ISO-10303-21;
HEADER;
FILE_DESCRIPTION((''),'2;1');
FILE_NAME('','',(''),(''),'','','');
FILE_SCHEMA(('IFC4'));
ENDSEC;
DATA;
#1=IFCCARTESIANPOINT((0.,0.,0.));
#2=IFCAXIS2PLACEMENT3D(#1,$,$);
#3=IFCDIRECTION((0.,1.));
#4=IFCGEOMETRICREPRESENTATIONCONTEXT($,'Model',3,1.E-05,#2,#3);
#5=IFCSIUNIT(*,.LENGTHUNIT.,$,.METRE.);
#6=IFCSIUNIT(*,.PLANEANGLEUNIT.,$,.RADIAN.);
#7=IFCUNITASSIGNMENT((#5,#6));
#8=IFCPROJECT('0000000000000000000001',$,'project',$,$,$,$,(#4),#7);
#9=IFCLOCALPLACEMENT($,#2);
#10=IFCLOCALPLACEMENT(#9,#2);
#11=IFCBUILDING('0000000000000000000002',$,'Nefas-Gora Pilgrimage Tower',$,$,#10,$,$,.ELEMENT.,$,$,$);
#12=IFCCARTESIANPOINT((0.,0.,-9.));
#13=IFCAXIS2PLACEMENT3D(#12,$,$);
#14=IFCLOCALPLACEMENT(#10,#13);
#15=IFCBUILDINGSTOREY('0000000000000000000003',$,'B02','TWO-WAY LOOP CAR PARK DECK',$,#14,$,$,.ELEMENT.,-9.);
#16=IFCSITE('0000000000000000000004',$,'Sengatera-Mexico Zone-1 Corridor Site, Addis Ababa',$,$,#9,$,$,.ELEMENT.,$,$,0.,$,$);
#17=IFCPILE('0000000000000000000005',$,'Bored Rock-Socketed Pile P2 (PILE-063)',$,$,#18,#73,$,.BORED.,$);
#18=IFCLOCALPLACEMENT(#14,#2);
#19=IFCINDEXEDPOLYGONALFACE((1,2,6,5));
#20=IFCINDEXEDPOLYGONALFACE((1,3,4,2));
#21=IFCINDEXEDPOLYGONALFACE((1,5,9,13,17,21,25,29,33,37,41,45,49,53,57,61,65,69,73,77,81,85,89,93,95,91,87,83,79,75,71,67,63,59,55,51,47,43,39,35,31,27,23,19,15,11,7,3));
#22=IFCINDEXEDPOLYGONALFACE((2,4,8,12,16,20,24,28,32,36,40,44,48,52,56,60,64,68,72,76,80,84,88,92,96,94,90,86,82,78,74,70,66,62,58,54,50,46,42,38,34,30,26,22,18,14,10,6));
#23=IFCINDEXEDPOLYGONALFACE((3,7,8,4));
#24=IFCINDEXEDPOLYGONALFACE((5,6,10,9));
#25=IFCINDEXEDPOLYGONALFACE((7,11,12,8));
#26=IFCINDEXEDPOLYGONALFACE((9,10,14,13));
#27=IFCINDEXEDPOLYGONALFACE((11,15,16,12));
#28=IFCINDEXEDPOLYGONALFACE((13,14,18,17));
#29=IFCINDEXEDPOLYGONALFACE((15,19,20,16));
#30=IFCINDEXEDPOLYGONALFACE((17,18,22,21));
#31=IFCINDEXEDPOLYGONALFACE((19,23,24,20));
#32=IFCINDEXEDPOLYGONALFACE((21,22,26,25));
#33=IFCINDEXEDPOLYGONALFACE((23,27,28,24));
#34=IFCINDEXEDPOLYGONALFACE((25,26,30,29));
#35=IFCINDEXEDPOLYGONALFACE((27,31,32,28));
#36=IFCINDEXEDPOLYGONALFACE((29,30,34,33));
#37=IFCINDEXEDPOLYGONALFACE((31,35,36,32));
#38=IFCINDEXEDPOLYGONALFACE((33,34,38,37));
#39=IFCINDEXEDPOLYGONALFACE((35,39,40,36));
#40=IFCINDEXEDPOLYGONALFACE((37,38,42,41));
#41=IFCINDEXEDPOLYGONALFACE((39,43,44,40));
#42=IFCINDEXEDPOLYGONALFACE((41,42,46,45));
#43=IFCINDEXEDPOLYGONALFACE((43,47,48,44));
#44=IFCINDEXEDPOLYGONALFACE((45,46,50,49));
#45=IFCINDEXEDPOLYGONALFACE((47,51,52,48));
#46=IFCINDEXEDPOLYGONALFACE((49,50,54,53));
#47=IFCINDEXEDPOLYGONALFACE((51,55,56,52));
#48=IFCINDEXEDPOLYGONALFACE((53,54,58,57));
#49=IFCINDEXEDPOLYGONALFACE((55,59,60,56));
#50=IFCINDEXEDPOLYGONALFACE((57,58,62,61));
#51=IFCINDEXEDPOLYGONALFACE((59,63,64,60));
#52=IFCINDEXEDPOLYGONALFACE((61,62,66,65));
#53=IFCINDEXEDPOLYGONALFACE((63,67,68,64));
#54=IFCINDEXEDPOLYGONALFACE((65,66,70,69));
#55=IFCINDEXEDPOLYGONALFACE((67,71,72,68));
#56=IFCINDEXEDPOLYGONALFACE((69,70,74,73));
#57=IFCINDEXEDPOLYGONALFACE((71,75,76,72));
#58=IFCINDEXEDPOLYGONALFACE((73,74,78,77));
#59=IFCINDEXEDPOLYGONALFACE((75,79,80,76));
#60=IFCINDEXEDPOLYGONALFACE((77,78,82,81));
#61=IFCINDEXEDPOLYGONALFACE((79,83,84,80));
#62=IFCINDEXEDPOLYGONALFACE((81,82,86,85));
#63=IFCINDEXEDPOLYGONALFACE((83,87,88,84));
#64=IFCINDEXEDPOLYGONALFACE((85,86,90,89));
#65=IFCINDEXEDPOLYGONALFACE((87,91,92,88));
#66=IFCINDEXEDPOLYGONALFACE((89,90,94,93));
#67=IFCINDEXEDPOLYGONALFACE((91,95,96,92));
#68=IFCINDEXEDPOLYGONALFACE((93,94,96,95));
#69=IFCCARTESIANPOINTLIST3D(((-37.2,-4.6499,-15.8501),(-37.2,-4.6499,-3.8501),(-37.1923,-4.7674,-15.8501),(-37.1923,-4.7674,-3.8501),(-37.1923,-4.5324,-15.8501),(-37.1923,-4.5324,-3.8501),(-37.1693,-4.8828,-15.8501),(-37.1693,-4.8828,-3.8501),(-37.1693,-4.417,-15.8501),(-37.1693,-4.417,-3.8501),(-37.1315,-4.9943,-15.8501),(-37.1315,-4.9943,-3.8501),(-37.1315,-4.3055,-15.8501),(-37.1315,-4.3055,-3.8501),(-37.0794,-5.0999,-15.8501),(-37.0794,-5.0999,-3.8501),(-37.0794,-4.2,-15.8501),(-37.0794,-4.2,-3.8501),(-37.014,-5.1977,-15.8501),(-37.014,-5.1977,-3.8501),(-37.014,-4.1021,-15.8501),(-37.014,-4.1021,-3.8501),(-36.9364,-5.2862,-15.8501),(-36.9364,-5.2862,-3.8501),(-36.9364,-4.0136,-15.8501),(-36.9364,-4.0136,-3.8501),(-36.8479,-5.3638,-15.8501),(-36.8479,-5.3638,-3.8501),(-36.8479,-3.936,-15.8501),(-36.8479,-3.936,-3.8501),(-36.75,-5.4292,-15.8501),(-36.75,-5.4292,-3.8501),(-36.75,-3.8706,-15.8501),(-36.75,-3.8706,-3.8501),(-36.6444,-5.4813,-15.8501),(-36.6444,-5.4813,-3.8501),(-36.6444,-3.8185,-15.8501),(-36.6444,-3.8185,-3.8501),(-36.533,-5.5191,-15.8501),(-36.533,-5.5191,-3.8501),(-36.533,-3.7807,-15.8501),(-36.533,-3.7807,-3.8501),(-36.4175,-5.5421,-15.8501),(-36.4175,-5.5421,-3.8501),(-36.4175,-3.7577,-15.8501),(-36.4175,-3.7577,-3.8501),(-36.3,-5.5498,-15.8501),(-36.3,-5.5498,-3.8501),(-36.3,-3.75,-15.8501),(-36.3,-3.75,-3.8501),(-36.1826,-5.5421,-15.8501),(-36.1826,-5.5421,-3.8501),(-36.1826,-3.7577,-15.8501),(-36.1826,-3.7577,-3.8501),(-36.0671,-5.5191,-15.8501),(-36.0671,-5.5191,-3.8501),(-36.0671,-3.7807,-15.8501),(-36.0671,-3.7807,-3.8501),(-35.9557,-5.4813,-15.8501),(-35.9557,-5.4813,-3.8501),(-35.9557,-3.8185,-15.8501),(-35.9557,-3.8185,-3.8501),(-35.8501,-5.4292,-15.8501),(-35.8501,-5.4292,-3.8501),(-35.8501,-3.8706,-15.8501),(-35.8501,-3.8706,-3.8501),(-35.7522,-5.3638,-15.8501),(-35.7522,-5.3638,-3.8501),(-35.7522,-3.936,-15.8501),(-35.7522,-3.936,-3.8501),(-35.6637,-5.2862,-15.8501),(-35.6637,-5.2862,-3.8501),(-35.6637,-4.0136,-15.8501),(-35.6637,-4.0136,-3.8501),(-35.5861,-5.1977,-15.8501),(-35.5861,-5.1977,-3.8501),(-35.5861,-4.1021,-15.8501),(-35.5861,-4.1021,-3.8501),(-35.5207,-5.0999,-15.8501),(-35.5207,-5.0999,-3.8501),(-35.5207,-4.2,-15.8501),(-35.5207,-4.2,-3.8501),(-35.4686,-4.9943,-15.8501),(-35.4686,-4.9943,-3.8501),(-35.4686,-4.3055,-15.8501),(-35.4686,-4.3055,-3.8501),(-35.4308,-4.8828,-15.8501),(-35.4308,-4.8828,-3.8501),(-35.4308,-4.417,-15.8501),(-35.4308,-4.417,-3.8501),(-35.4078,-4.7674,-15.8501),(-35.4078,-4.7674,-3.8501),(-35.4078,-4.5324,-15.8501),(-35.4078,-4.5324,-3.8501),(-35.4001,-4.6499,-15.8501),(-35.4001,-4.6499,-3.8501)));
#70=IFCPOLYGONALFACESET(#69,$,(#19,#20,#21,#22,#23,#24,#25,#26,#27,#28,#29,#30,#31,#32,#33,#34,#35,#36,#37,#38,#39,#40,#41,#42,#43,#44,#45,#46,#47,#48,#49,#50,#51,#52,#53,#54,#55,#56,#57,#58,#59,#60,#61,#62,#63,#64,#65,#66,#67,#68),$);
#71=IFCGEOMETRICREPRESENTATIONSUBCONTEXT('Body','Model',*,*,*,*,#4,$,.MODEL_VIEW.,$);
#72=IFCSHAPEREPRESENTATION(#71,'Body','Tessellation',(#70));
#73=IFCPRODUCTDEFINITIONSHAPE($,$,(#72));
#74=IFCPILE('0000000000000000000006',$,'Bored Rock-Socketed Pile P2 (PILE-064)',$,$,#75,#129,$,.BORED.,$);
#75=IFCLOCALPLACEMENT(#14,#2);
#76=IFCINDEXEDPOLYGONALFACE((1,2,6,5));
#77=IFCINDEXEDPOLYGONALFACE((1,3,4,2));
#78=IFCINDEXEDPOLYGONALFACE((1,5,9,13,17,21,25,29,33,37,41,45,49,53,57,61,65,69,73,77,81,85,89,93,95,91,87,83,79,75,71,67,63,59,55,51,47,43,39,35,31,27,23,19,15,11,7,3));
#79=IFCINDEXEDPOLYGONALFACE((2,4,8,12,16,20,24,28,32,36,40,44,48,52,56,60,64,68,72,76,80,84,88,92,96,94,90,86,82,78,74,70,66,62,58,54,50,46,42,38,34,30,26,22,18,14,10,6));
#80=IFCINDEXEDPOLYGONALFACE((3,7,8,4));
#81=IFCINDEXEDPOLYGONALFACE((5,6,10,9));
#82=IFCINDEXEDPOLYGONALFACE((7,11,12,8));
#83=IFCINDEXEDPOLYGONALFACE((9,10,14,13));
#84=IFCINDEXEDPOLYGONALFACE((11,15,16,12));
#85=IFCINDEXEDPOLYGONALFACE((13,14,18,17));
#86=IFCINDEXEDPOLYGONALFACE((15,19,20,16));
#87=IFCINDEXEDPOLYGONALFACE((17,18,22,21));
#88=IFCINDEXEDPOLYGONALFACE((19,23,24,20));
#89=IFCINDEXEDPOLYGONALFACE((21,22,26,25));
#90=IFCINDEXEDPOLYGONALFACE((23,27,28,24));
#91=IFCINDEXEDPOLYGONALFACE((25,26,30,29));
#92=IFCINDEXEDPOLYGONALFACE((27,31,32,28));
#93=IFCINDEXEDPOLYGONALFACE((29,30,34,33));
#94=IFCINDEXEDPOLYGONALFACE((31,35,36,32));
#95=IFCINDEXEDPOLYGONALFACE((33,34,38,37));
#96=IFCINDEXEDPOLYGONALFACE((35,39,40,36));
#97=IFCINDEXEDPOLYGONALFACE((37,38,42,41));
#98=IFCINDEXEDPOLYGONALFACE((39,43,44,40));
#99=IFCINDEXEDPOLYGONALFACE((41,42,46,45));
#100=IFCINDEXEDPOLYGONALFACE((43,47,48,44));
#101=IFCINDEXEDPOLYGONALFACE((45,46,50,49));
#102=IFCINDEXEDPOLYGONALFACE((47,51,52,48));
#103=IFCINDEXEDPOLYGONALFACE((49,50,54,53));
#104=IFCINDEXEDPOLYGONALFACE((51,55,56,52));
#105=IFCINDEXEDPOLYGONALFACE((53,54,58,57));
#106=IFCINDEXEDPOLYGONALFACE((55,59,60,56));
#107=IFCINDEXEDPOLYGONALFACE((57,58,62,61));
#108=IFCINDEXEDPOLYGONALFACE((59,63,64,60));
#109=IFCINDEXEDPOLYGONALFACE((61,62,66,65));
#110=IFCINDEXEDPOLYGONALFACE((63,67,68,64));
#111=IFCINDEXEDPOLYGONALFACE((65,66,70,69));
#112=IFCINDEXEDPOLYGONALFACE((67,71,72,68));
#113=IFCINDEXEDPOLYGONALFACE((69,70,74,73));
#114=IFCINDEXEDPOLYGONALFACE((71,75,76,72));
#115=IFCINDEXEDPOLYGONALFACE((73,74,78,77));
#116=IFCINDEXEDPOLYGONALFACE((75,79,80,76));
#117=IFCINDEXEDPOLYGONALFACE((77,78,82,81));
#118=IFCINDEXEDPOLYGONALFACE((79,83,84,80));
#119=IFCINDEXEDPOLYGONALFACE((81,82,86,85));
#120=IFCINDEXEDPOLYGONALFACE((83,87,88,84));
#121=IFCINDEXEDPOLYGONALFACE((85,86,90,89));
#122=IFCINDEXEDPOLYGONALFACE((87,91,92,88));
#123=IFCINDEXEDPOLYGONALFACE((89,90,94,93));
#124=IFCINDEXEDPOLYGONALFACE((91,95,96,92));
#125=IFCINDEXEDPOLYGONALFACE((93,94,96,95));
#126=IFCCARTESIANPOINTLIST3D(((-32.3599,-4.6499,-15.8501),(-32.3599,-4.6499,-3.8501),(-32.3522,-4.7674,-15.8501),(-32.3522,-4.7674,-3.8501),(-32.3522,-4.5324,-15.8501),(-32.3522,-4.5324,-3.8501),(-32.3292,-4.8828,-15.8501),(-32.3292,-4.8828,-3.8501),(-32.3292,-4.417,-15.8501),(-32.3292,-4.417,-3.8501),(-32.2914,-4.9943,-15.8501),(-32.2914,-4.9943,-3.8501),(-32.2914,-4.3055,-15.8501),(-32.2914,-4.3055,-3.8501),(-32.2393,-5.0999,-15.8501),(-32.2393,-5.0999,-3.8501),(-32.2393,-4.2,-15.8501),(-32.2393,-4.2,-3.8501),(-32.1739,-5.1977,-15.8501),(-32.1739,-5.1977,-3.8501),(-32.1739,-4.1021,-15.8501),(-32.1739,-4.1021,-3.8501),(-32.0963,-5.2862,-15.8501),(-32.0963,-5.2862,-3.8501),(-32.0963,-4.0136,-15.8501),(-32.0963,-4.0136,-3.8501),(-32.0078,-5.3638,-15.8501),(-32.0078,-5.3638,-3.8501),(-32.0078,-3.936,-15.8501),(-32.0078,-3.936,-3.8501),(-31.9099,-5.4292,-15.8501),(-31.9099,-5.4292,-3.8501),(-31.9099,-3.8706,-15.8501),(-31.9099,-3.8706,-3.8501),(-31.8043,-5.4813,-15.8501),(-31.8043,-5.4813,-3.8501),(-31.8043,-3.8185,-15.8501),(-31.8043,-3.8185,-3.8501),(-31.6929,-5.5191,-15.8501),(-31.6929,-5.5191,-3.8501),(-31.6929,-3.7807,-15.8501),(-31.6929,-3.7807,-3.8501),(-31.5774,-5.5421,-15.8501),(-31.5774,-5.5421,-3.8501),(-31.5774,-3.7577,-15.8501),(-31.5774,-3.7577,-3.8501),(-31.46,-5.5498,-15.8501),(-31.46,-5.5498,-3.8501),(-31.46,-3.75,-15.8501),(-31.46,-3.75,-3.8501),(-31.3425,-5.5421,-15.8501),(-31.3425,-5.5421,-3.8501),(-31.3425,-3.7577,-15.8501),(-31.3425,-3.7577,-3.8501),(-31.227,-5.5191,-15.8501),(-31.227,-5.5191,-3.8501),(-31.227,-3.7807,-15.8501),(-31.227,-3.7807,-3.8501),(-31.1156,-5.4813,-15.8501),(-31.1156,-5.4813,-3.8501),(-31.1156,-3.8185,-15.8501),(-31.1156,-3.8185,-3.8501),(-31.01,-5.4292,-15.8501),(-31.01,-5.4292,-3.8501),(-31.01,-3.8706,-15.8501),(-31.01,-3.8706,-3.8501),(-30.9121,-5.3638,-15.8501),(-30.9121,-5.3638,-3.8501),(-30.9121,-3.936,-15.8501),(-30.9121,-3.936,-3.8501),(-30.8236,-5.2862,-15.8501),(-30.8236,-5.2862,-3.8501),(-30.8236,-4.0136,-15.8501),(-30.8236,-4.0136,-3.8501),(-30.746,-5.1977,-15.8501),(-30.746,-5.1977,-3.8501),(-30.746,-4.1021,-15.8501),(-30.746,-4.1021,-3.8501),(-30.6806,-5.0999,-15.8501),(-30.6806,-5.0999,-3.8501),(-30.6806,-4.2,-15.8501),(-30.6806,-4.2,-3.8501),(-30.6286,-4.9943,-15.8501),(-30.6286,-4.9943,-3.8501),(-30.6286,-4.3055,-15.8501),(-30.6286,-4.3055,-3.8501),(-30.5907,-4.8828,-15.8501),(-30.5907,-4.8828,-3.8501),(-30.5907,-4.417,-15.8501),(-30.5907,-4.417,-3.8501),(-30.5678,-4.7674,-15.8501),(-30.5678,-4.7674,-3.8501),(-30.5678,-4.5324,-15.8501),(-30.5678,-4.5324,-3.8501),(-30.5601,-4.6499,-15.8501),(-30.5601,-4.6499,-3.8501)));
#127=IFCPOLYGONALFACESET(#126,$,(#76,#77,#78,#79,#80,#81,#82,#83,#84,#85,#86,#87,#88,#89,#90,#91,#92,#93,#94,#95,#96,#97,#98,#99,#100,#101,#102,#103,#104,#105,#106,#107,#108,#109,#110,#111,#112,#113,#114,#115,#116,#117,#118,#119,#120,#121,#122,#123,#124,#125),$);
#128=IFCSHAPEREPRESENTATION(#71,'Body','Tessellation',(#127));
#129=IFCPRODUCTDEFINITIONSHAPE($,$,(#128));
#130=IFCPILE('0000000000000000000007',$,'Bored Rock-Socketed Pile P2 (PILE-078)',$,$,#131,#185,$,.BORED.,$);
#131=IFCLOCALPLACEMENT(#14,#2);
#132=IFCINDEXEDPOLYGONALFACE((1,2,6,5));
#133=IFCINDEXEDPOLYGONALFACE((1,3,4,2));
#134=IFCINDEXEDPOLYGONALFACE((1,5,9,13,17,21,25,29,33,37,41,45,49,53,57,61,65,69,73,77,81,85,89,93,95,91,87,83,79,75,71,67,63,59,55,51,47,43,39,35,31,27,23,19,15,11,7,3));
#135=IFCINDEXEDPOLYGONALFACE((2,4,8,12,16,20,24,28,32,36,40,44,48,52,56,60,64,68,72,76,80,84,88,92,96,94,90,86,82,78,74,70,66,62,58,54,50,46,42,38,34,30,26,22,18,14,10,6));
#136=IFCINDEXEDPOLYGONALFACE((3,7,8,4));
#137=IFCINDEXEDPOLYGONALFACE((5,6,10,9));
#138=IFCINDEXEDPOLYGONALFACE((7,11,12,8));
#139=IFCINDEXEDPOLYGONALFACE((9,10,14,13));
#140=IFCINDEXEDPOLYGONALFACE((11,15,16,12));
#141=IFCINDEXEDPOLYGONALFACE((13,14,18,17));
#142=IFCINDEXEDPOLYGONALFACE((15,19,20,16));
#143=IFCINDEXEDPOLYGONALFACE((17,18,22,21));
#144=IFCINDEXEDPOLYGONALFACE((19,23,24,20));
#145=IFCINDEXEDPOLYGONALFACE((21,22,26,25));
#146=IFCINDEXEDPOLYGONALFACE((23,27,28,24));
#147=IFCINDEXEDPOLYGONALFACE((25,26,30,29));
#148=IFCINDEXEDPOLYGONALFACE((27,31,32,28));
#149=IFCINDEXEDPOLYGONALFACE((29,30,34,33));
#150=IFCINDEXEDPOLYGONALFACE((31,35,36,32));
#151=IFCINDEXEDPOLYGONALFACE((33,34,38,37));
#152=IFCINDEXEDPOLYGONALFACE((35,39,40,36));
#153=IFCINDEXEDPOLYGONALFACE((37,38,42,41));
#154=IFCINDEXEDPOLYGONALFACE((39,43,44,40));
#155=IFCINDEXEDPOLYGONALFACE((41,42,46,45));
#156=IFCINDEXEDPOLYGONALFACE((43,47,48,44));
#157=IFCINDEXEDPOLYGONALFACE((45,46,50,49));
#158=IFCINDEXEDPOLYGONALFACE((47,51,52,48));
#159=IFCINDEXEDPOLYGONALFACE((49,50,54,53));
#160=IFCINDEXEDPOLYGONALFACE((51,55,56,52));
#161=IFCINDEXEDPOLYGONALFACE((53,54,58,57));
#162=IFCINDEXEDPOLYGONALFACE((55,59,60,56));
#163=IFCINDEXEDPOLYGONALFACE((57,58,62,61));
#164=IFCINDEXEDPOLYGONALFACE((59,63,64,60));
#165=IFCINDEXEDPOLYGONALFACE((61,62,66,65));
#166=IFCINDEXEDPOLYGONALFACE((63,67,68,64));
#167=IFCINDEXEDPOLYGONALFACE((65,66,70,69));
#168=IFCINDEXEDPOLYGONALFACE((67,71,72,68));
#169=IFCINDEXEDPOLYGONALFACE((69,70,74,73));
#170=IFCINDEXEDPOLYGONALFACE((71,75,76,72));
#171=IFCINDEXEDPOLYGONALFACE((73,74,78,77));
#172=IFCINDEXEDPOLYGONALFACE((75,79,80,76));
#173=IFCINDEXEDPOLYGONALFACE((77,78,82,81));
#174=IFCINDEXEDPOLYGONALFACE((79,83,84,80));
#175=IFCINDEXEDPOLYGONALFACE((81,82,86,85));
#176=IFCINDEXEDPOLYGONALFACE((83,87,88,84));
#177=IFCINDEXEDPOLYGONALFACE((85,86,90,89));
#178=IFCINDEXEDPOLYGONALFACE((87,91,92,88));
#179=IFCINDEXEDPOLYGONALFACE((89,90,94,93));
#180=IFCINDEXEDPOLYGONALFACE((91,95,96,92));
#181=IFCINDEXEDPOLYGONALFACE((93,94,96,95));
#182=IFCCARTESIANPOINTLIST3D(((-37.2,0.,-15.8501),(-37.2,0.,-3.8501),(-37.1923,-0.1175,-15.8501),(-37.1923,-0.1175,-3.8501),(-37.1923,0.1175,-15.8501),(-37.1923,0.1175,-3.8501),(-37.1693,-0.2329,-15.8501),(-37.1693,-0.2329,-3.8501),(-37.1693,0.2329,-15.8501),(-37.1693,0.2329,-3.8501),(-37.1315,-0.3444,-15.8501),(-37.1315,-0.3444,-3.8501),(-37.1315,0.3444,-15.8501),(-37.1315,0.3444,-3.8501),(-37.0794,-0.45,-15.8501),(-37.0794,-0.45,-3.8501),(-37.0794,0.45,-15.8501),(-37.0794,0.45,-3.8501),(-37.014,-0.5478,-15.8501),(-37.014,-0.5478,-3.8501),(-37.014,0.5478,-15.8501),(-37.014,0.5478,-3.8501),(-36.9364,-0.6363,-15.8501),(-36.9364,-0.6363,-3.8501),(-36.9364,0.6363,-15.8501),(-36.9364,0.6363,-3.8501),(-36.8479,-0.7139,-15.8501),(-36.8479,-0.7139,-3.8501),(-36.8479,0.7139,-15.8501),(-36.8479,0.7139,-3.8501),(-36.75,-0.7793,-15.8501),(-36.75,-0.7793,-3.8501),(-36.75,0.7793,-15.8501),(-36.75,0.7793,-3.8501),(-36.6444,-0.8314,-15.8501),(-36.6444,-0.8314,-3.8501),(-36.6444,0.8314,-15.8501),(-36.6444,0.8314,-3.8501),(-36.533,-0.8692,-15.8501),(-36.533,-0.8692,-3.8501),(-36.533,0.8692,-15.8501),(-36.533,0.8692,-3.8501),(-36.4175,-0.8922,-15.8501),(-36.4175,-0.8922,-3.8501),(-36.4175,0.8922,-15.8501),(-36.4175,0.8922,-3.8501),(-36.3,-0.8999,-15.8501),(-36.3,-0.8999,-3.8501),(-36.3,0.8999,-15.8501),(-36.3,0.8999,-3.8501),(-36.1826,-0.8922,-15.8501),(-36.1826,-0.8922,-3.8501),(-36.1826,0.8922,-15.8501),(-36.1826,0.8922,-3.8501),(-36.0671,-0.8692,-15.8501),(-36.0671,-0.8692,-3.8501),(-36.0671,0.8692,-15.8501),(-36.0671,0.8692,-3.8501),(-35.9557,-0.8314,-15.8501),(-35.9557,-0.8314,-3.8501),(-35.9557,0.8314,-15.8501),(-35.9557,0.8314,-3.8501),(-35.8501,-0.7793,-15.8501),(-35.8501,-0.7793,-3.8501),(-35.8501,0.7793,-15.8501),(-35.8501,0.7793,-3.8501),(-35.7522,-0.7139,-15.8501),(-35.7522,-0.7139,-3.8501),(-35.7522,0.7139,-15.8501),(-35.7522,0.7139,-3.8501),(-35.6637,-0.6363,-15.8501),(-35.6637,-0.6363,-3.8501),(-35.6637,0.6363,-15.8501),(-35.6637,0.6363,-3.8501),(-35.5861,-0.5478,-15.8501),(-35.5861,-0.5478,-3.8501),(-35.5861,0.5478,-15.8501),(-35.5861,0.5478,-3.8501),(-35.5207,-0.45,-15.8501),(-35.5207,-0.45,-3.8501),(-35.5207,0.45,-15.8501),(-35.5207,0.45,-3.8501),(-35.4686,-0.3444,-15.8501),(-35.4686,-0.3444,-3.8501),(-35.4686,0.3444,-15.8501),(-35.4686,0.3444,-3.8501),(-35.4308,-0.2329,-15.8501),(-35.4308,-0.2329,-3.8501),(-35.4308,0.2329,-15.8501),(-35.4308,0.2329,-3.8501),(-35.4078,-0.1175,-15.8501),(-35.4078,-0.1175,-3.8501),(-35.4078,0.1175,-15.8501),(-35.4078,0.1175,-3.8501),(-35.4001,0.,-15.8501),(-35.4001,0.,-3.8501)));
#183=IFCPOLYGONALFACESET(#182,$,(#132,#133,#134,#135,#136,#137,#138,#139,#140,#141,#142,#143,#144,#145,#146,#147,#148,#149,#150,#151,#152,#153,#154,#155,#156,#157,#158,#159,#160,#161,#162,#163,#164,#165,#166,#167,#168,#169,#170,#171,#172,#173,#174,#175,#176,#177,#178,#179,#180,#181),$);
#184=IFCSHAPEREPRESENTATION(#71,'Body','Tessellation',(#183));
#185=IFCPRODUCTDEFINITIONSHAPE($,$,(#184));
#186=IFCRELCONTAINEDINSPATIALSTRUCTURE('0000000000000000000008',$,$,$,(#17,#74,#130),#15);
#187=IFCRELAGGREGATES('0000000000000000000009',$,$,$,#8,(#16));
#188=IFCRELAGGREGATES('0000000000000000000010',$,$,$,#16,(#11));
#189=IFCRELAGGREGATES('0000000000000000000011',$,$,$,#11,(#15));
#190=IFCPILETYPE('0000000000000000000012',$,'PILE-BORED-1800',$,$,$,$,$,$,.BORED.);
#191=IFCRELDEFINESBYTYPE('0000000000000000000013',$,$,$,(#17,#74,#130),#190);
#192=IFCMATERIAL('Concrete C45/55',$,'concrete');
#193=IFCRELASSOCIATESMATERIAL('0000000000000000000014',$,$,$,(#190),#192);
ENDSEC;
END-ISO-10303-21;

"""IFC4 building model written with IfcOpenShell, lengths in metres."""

from ifc_helpers import new_model, si_unit, direction, frame, origin, origin_2d, place, context, subcontext, project, spatial, circle, extrude, source, transform, mapped, material, material_profile, profile_set, type_object, element, save


model = new_model("IFC4")

# Units and contexts
model_context = context("Model", 3, precision=1e-05, world=origin(), true_north=direction((0.0, 1.0)))
body_context = subcontext(model_context, "Body", "Model", "MODEL_VIEW")
ifc_project = project(units=[si_unit("LENGTHUNIT", "METRE"), si_unit("PLANEANGLEUNIT", "RADIAN")], contexts=[model_context])

# Site, building, storey
site_placement = place(None, origin())
site = spatial("IfcSite", under=ifc_project, at=site_placement, Name="Sengatera-Mexico Zone-1 Corridor Site, Addis Ababa", CompositionType="ELEMENT", RefElevation=0.0)
building_placement = place(site_placement, origin())
building = spatial("IfcBuilding", under=site, at=building_placement, Name="Nefas-Gora Pilgrimage Tower", CompositionType="ELEMENT")
storey_placement = place(building_placement, frame((0.0, 0.0, -9.0)))
storey = spatial("IfcBuildingStorey", under=building, at=storey_placement, Name="B02", Description="TWO-WAY LOOP CAR PARK DECK", CompositionType="ELEMENT", Elevation=-9.0)

# Piles
ifc_material_1 = material(Name="Concrete C45/55", Category="concrete")
ifc_material_profile_1 = material_profile(ifc_material_1, circle(Radius=0.8999, at=origin_2d()), Name="PILE D1800")
ifc_profile_set_1 = profile_set([ifc_material_profile_1], Name="Concrete C45/55")
pile_type_1 = type_object("IfcPileType", Name="PILE-BORED-1800", PredefinedType="BORED", material=ifc_profile_set_1)
shared_shape_1 = source(origin(), body_context, "Body", "SweptSolid", [
    extrude(circle(Radius=0.8999, at=origin_2d()), origin(), (0.0, 0.0, 1.0), 12.0),
])
for number, where, z_axis, x_axis, name in (
    (1, (-36.3, -4.6499, -3.8501), (0.0, 0.0, -1.0), (1.0, 0.0, 0.0), "Bored Rock-Socketed Pile P2 (PILE-063)"),
    (2, (-31.46, -4.6499, -3.8501), (0.0, 0.0, -1.0), (1.0, 0.0, 0.0), "Bored Rock-Socketed Pile P2 (PILE-064)"),
    (3, (-36.3, 0.0, -3.8501), (0.0, 0.0, -1.0), (1.0, 0.0, 0.0), "Bored Rock-Socketed Pile P2 (PILE-078)"),
):
    element("IfcPile", number, at=place(storey_placement, frame(where, z_axis=z_axis, x_axis=x_axis)), inside=storey, type_object=pile_type_1, Name=name, PredefinedType="BORED", context=body_context, shape_type="MappedRepresentation", body=[
        mapped(shared_shape_1, transform((0.0, 0.0, 0.0), x_axis=(1.0, 0.0, 0.0), y_axis=(0.0, 1.0, 0.0), z_axis=(0.0, 0.0, 1.0), scale=1.0)),
    ])

save(model, "model.ifc")
